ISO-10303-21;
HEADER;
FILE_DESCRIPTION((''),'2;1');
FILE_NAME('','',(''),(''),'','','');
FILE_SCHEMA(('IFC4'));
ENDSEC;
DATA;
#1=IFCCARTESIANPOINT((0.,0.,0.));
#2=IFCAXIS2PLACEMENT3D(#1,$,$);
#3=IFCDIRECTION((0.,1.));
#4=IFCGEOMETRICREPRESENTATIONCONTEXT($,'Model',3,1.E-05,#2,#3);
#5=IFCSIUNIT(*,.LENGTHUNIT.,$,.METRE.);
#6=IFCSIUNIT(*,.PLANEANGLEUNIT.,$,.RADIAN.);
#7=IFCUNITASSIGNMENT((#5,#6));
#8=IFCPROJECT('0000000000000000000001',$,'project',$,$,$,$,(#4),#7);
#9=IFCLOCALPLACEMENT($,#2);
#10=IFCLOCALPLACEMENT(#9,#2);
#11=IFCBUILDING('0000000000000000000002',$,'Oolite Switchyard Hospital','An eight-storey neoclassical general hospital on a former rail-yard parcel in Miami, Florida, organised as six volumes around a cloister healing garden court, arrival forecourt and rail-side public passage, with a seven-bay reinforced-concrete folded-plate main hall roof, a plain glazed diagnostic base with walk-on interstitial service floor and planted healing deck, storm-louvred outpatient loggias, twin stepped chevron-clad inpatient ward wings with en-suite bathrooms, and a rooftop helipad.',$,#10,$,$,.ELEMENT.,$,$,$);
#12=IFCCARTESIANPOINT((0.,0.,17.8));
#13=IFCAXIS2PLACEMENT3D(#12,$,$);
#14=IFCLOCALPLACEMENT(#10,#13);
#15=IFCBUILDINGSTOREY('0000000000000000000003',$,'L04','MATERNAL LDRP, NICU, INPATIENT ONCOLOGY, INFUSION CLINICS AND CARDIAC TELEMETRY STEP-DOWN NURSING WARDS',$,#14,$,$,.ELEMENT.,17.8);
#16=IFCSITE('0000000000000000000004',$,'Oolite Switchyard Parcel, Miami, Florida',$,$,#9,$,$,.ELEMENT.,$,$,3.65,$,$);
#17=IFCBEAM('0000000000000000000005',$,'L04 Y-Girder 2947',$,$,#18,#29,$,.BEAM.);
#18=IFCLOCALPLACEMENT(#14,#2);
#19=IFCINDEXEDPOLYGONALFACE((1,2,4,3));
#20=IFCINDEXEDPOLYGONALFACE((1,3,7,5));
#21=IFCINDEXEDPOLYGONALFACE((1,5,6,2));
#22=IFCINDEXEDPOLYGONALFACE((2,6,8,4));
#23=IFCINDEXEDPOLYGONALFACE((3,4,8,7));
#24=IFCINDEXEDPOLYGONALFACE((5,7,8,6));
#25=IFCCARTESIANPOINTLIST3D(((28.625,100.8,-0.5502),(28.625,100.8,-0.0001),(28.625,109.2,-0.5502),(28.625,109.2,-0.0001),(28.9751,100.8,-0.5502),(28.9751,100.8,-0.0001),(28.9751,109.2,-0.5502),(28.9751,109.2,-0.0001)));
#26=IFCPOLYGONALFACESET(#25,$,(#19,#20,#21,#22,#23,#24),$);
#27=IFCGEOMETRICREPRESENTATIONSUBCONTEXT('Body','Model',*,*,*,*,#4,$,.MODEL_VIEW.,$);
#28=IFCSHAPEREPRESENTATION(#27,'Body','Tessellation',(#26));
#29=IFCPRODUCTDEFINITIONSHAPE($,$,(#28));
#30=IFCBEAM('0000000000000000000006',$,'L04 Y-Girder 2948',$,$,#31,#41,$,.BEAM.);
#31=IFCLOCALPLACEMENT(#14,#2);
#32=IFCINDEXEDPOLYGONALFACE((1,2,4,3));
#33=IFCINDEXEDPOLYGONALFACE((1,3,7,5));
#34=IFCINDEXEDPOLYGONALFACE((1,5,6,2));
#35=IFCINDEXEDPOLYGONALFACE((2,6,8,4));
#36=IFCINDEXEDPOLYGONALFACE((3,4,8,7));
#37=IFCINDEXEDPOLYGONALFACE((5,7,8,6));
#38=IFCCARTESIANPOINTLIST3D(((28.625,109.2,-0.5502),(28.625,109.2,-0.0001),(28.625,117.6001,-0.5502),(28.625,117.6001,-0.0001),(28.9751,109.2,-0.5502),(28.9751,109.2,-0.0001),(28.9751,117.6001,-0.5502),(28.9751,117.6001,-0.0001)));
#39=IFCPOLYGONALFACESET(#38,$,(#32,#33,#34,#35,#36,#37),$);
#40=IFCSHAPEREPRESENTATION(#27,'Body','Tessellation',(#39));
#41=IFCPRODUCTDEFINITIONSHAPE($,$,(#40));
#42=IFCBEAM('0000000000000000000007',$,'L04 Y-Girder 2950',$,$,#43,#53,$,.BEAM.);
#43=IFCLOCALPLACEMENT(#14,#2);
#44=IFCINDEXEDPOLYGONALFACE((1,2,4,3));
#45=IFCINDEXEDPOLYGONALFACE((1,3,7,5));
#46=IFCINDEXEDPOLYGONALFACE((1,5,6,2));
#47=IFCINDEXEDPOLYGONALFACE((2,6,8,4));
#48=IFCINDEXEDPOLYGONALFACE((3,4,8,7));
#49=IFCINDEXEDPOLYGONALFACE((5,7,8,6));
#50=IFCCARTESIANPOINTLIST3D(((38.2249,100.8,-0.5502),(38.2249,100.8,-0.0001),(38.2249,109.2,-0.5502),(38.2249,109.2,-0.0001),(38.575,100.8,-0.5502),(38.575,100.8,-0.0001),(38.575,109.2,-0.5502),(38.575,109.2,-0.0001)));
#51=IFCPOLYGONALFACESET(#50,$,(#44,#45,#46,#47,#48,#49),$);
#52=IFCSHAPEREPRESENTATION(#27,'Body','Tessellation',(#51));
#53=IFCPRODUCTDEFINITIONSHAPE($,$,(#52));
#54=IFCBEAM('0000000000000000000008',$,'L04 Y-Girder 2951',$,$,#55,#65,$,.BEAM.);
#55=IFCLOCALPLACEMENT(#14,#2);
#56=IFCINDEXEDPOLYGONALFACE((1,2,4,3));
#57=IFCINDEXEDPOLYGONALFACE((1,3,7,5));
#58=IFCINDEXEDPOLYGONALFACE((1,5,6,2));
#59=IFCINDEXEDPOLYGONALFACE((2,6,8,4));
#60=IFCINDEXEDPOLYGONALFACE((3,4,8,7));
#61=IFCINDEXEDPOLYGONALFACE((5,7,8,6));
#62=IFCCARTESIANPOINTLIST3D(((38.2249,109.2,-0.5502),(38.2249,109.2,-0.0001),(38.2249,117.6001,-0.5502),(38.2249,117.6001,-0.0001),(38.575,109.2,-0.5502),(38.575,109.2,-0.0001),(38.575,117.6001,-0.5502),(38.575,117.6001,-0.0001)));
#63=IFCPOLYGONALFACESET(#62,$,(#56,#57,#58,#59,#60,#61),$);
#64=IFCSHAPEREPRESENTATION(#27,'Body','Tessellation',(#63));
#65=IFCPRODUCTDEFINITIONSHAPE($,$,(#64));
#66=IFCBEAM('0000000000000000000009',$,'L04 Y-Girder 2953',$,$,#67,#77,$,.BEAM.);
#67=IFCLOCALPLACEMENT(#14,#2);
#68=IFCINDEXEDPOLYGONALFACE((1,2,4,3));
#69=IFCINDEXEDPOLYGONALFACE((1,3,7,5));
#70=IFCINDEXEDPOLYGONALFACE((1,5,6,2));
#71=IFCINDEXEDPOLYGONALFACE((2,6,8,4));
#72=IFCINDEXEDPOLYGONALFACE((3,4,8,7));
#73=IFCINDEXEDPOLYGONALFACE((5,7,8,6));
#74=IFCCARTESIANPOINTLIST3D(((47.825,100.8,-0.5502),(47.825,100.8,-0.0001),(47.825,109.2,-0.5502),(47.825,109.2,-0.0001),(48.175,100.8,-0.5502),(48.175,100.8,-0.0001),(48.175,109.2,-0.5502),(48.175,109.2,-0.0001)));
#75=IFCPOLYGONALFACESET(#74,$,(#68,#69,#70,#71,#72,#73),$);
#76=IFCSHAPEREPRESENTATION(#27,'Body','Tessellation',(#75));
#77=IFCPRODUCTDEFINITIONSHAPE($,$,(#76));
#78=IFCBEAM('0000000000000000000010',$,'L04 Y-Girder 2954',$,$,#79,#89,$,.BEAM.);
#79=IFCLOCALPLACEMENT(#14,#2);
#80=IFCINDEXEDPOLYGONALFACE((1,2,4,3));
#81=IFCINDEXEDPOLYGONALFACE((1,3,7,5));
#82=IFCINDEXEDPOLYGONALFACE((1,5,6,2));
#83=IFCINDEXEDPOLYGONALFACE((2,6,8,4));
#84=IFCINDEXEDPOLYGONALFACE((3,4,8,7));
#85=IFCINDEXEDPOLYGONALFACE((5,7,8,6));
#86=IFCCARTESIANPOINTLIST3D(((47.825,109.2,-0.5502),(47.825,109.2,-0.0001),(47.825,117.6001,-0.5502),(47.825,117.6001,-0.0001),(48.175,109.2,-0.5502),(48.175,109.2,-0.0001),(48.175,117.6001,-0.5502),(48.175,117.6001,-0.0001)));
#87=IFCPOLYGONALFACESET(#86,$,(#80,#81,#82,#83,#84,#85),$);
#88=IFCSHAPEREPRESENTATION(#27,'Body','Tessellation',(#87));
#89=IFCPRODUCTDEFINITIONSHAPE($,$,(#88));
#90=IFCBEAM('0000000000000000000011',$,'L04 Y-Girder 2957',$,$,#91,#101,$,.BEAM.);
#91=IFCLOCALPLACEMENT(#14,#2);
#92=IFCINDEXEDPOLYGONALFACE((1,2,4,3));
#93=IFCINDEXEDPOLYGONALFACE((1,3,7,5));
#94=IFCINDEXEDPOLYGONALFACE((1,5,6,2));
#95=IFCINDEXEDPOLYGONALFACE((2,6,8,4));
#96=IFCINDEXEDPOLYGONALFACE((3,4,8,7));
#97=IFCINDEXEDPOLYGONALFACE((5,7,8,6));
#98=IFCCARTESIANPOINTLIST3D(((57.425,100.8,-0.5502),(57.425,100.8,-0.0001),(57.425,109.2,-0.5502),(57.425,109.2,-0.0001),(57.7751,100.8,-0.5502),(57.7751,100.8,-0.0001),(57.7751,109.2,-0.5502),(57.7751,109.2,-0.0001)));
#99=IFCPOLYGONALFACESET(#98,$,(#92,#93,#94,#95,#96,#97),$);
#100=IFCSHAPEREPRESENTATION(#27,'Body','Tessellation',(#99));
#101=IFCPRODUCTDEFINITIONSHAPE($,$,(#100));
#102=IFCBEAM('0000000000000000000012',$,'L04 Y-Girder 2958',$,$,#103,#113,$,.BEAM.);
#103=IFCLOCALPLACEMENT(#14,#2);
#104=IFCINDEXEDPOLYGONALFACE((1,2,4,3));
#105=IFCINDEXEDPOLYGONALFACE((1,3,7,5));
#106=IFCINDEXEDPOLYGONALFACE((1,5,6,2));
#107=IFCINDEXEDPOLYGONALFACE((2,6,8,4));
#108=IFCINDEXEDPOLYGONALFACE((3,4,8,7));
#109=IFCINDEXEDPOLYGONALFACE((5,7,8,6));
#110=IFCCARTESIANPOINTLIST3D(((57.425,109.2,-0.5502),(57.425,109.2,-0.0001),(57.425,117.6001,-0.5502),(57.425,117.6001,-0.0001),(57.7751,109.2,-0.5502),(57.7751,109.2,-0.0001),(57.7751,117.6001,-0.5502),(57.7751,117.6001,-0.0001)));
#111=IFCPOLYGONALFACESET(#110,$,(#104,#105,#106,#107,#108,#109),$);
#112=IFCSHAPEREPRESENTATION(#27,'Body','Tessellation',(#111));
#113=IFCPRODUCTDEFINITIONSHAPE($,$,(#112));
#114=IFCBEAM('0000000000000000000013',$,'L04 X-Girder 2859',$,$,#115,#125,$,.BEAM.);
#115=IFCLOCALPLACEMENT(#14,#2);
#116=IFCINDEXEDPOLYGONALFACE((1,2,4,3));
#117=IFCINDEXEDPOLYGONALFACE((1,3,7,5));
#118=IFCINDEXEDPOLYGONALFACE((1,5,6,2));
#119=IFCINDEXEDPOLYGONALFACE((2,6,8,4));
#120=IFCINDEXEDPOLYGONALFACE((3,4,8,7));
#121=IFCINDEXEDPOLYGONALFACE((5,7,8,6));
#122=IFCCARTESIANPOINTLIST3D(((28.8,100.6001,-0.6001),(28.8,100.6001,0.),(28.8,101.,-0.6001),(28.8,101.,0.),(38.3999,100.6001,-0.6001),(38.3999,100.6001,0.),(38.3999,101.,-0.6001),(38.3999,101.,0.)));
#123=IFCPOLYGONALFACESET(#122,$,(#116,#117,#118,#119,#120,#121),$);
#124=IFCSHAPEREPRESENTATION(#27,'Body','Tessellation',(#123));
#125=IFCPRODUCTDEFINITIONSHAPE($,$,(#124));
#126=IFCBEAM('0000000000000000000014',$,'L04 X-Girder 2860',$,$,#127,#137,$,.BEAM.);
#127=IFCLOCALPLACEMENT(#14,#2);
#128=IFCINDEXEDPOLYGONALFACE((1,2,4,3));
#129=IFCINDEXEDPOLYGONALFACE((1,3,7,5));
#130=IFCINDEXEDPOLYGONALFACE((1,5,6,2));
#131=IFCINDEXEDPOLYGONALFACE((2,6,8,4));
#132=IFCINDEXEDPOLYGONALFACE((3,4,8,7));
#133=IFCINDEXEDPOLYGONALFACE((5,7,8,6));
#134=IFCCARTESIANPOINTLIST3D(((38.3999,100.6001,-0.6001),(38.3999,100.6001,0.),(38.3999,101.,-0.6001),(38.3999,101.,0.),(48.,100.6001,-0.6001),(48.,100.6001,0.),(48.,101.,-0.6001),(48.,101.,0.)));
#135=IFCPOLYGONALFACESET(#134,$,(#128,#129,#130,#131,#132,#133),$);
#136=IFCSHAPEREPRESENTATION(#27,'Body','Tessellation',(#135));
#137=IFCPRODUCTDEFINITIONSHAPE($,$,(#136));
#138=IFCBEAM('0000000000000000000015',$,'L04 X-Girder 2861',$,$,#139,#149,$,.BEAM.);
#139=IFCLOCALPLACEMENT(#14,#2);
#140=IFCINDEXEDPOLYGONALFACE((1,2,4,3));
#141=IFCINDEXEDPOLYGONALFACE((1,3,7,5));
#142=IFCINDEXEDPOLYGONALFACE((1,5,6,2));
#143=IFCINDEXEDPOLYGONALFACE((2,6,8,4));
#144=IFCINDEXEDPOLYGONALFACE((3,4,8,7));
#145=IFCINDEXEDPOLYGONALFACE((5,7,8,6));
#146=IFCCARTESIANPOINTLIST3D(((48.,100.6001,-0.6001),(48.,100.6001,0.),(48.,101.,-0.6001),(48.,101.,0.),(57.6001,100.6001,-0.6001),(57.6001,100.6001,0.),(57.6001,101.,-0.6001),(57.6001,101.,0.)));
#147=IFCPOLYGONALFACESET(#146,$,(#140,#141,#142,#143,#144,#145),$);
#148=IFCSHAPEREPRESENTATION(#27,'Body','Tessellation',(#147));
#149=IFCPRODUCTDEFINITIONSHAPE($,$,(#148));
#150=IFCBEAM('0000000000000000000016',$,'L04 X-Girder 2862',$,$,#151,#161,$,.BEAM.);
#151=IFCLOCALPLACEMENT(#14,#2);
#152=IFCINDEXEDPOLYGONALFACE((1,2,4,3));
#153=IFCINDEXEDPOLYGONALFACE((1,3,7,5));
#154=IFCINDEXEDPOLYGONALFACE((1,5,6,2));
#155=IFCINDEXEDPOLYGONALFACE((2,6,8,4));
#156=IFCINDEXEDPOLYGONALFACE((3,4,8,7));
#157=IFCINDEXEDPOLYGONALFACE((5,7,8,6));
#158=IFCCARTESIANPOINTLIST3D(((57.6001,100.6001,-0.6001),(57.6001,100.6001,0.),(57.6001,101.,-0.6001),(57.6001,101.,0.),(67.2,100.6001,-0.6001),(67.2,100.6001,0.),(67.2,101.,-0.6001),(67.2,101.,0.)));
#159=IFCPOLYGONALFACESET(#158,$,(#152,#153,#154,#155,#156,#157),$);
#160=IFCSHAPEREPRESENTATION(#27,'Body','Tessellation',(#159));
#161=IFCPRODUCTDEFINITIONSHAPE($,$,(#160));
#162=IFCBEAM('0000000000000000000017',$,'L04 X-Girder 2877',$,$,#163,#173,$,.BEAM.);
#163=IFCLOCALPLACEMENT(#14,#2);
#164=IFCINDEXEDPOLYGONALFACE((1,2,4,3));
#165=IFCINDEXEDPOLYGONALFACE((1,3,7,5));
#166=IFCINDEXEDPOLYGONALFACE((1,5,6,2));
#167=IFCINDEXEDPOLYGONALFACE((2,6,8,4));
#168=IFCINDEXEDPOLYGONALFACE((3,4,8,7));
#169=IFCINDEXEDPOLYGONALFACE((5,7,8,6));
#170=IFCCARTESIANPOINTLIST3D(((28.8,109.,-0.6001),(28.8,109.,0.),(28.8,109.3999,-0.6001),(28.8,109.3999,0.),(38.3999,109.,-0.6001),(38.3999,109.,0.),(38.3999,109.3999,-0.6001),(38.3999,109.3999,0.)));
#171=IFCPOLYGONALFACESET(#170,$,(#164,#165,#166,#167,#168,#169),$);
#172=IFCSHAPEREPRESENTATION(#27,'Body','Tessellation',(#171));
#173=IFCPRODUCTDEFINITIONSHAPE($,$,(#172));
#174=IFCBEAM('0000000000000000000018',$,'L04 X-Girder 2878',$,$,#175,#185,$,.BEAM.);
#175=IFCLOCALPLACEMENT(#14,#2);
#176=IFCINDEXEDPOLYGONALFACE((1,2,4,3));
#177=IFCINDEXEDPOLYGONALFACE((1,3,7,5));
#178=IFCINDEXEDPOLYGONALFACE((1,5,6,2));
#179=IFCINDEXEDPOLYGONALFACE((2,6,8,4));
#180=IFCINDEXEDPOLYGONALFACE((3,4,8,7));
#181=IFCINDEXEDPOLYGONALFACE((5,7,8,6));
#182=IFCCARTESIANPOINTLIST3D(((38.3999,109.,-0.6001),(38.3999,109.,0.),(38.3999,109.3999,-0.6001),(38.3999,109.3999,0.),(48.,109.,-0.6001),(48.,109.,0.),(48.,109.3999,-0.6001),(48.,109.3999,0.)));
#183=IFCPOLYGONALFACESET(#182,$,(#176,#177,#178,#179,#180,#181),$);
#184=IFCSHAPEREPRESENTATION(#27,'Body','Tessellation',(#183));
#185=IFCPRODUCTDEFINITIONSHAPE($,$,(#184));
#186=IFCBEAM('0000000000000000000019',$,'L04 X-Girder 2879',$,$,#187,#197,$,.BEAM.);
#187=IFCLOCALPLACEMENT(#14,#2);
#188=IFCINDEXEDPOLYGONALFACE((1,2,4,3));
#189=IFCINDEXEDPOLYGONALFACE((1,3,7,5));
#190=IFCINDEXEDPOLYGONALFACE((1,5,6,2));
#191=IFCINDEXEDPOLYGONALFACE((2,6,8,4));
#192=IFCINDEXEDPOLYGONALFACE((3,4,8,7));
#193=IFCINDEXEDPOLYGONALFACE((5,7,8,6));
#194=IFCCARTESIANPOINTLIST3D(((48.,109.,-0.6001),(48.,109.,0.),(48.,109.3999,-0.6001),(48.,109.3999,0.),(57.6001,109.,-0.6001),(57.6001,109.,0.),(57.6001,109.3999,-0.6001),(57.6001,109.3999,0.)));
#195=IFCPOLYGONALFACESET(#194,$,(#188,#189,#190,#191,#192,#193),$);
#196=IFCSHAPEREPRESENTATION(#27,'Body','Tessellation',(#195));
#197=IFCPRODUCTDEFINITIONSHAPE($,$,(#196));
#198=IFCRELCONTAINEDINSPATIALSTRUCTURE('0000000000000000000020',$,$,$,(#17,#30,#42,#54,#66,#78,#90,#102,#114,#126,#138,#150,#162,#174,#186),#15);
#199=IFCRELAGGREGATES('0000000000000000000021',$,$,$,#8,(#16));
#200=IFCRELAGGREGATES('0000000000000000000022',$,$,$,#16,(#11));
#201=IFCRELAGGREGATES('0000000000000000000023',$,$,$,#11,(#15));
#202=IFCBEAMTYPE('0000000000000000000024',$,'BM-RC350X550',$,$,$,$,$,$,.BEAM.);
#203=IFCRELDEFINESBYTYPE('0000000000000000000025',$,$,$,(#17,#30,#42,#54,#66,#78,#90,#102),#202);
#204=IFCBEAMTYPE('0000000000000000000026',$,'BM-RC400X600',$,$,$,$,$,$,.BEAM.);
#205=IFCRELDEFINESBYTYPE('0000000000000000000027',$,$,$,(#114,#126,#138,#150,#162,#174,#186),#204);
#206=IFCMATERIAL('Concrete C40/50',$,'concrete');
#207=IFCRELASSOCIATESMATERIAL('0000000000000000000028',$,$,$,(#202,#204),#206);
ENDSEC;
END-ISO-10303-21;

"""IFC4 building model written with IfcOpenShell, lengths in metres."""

from ifc_helpers import new_model, si_unit, direction, frame, origin, origin_2d, place, context, subcontext, project, spatial, rectangle, extrude, material, material_profile, profile_set, type_object, element, save


model = new_model("IFC4")

# Units and contexts
model_context = context("Model", 3, precision=1e-05, world=origin(), true_north=direction((0.0, 1.0)))
body_context = subcontext(model_context, "Body", "Model", "MODEL_VIEW")
ifc_project = project(units=[si_unit("LENGTHUNIT", "METRE"), si_unit("PLANEANGLEUNIT", "RADIAN")], contexts=[model_context])

# Site, building, storey
site_placement = place(None, origin())
site = spatial("IfcSite", under=ifc_project, at=site_placement, Name="Oolite Switchyard Parcel, Miami, Florida", CompositionType="ELEMENT", RefElevation=3.65)
building_placement = place(site_placement, origin())
building = spatial("IfcBuilding", under=site, at=building_placement, Name="Oolite Switchyard Hospital", Description="An eight-storey neoclassical general hospital on a former rail-yard parcel in Miami, Florida, organised as six volumes around a cloister healing garden court, arrival forecourt and rail-side public passage, with a seven-bay reinforced-concrete folded-plate main hall roof, a plain glazed diagnostic base with walk-on interstitial service floor and planted healing deck, storm-louvred outpatient loggias, twin stepped chevron-clad inpatient ward wings with en-suite bathrooms, and a rooftop helipad.", CompositionType="ELEMENT")
storey_placement = place(building_placement, frame((0.0, 0.0, 17.8)))
storey = spatial("IfcBuildingStorey", under=building, at=storey_placement, Name="L04", Description="MATERNAL LDRP, NICU, INPATIENT ONCOLOGY, INFUSION CLINICS AND CARDIAC TELEMETRY STEP-DOWN NURSING WARDS", CompositionType="ELEMENT", Elevation=17.8)

# Beams
ifc_material_1 = material(Name="Concrete C40/50", Category="concrete")
ifc_material_profile_1 = material_profile(ifc_material_1, rectangle(XDim=0.3501, YDim=0.55, at=origin_2d()), Name="RCB350X550")
ifc_profile_set_1 = profile_set([ifc_material_profile_1], Name="Concrete C40/50")
beam_type_1 = type_object("IfcBeamType", Name="BM-RC350X550", PredefinedType="BEAM", material=ifc_profile_set_1)
beam_1_placement = place(storey_placement, frame((28.8, 100.8, -0.2751), z_axis=(0.0, 1.0, 0.0), x_axis=(-1.0, 0.0, 0.0)))
element("IfcBeam", 1, at=beam_1_placement, inside=storey, type_object=beam_type_1, Name="L04 Y-Girder 2947", PredefinedType="BEAM", context=body_context, shape_type="SweptSolid", body=[
    extrude(rectangle(XDim=0.3501, YDim=0.55, at=origin_2d()), origin(), (0.0, 0.0, 1.0), 8.3999),
])
beam_2_placement = place(storey_placement, frame((28.8, 109.2, -0.2751), z_axis=(0.0, 1.0, 0.0), x_axis=(-1.0, 0.0, 0.0)))
element("IfcBeam", 2, at=beam_2_placement, inside=storey, type_object=beam_type_1, Name="L04 Y-Girder 2948", PredefinedType="BEAM", context=body_context, shape_type="SweptSolid", body=[
    extrude(rectangle(XDim=0.3501, YDim=0.55, at=origin_2d()), origin(), (0.0, 0.0, 1.0), 8.4001),
])
beam_3_placement = place(storey_placement, frame((38.3999, 100.8, -0.2751), z_axis=(0.0, 1.0, 0.0), x_axis=(-1.0, 0.0, 0.0)))
element("IfcBeam", 3, at=beam_3_placement, inside=storey, type_object=beam_type_1, Name="L04 Y-Girder 2950", PredefinedType="BEAM", context=body_context, shape_type="SweptSolid", body=[
    extrude(rectangle(XDim=0.3501, YDim=0.55, at=origin_2d()), origin(), (0.0, 0.0, 1.0), 8.3999),
])
beam_4_placement = place(storey_placement, frame((38.3999, 109.2, -0.2751), z_axis=(0.0, 1.0, 0.0), x_axis=(-1.0, 0.0, 0.0)))
element("IfcBeam", 4, at=beam_4_placement, inside=storey, type_object=beam_type_1, Name="L04 Y-Girder 2951", PredefinedType="BEAM", context=body_context, shape_type="SweptSolid", body=[
    extrude(rectangle(XDim=0.3501, YDim=0.55, at=origin_2d()), origin(), (0.0, 0.0, 1.0), 8.4001),
])
beam_5_placement = place(storey_placement, frame((48.0, 100.8, -0.2751), z_axis=(0.0, 1.0, 0.0), x_axis=(-1.0, 0.0, 0.0)))
element("IfcBeam", 5, at=beam_5_placement, inside=storey, type_object=beam_type_1, Name="L04 Y-Girder 2953", PredefinedType="BEAM", context=body_context, shape_type="SweptSolid", body=[
    extrude(rectangle(XDim=0.3501, YDim=0.55, at=origin_2d()), origin(), (0.0, 0.0, 1.0), 8.3999),
])
beam_6_placement = place(storey_placement, frame((48.0, 109.2, -0.2751), z_axis=(0.0, 1.0, 0.0), x_axis=(-1.0, 0.0, 0.0)))
element("IfcBeam", 6, at=beam_6_placement, inside=storey, type_object=beam_type_1, Name="L04 Y-Girder 2954", PredefinedType="BEAM", context=body_context, shape_type="SweptSolid", body=[
    extrude(rectangle(XDim=0.3501, YDim=0.55, at=origin_2d()), origin(), (0.0, 0.0, 1.0), 8.4001),
])
beam_7_placement = place(storey_placement, frame((57.6001, 100.8, -0.2751), z_axis=(0.0, 1.0, 0.0), x_axis=(-1.0, 0.0, 0.0)))
element("IfcBeam", 7, at=beam_7_placement, inside=storey, type_object=beam_type_1, Name="L04 Y-Girder 2957", PredefinedType="BEAM", context=body_context, shape_type="SweptSolid", body=[
    extrude(rectangle(XDim=0.3501, YDim=0.55, at=origin_2d()), origin(), (0.0, 0.0, 1.0), 8.3999),
])
beam_8_placement = place(storey_placement, frame((57.6001, 109.2, -0.2751), z_axis=(0.0, 1.0, 0.0), x_axis=(-1.0, 0.0, 0.0)))
element("IfcBeam", 8, at=beam_8_placement, inside=storey, type_object=beam_type_1, Name="L04 Y-Girder 2958", PredefinedType="BEAM", context=body_context, shape_type="SweptSolid", body=[
    extrude(rectangle(XDim=0.3501, YDim=0.55, at=origin_2d()), origin(), (0.0, 0.0, 1.0), 8.4001),
])
ifc_material_profile_2 = material_profile(ifc_material_1, rectangle(XDim=0.3999, YDim=0.6001, at=origin_2d()), Name="RCB400X600")
ifc_profile_set_2 = profile_set([ifc_material_profile_2], Name="Concrete C40/50")
beam_type_2 = type_object("IfcBeamType", Name="BM-RC400X600", PredefinedType="BEAM", material=ifc_profile_set_2)
beam_9_placement = place(storey_placement, frame((28.8, 100.8, -0.3), z_axis=(1.0, 0.0, 0.0), x_axis=(0.0, 1.0, 0.0)))
element("IfcBeam", 9, at=beam_9_placement, inside=storey, type_object=beam_type_2, Name="L04 X-Girder 2859", PredefinedType="BEAM", context=body_context, shape_type="SweptSolid", body=[
    extrude(rectangle(XDim=0.3999, YDim=0.6001, at=origin_2d()), origin(), (0.0, 0.0, 1.0), 9.5999),
])
for number, where, z_axis, x_axis, name in (
    (10, (38.3999, 100.8, -0.3), (1.0, 0.0, 0.0), (0.0, 1.0, 0.0), "L04 X-Girder 2860"),
    (11, (48.0, 100.8, -0.3), (1.0, 0.0, 0.0), (0.0, 1.0, 0.0), "L04 X-Girder 2861"),
):
    element("IfcBeam", number, at=place(storey_placement, frame(where, z_axis=z_axis, x_axis=x_axis)), inside=storey, type_object=beam_type_2, Name=name, PredefinedType="BEAM", context=body_context, shape_type="SweptSolid", body=[
        extrude(rectangle(XDim=0.3999, YDim=0.6001, at=origin_2d()), origin(), (0.0, 0.0, 1.0), 9.6001),
    ])
for number, where, z_axis, x_axis, name in (
    (12, (57.6001, 100.8, -0.3), (1.0, 0.0, 0.0), (0.0, 1.0, 0.0), "L04 X-Girder 2862"),
    (13, (28.8, 109.2, -0.3), (1.0, 0.0, 0.0), (0.0, 1.0, 0.0), "L04 X-Girder 2877"),
):
    element("IfcBeam", number, at=place(storey_placement, frame(where, z_axis=z_axis, x_axis=x_axis)), inside=storey, type_object=beam_type_2, Name=name, PredefinedType="BEAM", context=body_context, shape_type="SweptSolid", body=[
        extrude(rectangle(XDim=0.3999, YDim=0.6001, at=origin_2d()), origin(), (0.0, 0.0, 1.0), 9.5999),
    ])
for number, where, z_axis, x_axis, name in (
    (14, (38.3999, 109.2, -0.3), (1.0, 0.0, 0.0), (0.0, 1.0, 0.0), "L04 X-Girder 2878"),
    (15, (48.0, 109.2, -0.3), (1.0, 0.0, 0.0), (0.0, 1.0, 0.0), "L04 X-Girder 2879"),
):
    element("IfcBeam", number, at=place(storey_placement, frame(where, z_axis=z_axis, x_axis=x_axis)), inside=storey, type_object=beam_type_2, Name=name, PredefinedType="BEAM", context=body_context, shape_type="SweptSolid", body=[
        extrude(rectangle(XDim=0.3999, YDim=0.6001, at=origin_2d()), origin(), (0.0, 0.0, 1.0), 9.6001),
    ])

save(model, "model.ifc")
